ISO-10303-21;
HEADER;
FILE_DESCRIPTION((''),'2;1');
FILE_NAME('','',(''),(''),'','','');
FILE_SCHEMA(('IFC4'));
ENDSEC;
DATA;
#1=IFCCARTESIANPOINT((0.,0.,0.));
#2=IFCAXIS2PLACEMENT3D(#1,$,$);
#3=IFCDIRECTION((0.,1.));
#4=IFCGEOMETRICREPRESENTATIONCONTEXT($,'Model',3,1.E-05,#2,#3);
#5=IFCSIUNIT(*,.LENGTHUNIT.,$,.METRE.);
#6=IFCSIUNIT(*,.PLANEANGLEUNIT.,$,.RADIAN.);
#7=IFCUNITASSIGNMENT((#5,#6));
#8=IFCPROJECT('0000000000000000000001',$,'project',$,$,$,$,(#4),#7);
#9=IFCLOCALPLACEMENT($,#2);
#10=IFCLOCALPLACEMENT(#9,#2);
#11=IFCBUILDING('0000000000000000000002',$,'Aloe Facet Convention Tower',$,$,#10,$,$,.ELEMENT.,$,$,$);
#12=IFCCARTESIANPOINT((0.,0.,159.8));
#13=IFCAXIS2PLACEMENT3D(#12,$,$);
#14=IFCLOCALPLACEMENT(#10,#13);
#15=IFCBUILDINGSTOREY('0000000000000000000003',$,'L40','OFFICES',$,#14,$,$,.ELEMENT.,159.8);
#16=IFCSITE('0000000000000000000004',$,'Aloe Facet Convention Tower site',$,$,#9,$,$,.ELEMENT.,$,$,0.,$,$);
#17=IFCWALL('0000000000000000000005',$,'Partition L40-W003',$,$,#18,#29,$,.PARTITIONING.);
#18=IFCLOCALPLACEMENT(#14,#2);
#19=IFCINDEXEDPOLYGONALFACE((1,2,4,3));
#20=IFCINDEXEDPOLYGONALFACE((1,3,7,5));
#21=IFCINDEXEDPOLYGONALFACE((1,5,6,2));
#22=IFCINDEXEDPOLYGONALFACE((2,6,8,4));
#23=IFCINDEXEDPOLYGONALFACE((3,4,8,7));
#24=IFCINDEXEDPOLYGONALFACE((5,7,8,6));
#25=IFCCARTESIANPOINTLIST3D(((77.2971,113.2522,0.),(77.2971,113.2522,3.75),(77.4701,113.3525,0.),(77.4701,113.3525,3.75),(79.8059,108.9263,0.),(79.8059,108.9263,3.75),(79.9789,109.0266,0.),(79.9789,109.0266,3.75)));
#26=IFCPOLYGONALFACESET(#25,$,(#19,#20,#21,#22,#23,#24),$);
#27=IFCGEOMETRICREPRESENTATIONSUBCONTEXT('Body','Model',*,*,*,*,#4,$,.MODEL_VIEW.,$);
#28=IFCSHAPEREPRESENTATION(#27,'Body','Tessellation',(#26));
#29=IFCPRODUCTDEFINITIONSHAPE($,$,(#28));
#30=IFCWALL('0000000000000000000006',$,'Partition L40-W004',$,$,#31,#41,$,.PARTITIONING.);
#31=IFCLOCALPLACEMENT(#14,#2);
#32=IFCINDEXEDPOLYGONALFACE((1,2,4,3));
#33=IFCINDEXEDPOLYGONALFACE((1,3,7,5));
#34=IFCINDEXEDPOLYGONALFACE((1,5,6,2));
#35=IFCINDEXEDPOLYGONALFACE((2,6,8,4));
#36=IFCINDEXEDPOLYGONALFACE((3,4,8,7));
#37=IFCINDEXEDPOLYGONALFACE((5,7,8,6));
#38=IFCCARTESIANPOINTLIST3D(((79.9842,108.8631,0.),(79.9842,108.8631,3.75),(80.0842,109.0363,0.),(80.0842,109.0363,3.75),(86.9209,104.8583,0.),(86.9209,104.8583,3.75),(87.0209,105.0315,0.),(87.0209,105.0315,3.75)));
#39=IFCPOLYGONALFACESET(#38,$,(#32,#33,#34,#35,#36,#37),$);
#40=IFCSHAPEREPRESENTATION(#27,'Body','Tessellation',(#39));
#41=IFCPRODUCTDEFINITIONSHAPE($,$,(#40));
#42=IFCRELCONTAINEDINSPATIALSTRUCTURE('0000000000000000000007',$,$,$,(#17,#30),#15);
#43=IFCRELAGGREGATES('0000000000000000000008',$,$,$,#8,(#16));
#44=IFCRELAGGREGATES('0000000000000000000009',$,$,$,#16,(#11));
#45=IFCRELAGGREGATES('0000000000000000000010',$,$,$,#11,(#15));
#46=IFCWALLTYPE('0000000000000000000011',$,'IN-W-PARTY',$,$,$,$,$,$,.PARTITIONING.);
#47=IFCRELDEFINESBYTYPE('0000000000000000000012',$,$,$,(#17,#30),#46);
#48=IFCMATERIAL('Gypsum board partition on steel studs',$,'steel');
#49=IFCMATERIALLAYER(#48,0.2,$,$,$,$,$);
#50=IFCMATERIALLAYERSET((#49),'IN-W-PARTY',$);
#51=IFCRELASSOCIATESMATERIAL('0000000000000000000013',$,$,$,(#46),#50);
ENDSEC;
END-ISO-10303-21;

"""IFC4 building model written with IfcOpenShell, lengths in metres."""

from ifc_helpers import new_model, si_unit, direction, frame, frame_2d, origin, place, context, subcontext, project, spatial, rectangle, extrude, material, layer, layer_set, type_object, element, save


model = new_model("IFC4")

# Units and contexts
model_context = context("Model", 3, precision=1e-05, world=origin(), true_north=direction((0.0, 1.0)))
body_context = subcontext(model_context, "Body", "Model", "MODEL_VIEW")
ifc_project = project(units=[si_unit("LENGTHUNIT", "METRE"), si_unit("PLANEANGLEUNIT", "RADIAN")], contexts=[model_context])

# Site, building, storey
site_placement = place(None, origin())
site = spatial("IfcSite", under=ifc_project, at=site_placement, Name="Aloe Facet Convention Tower site", CompositionType="ELEMENT", RefElevation=0.0)
building_placement = place(site_placement, origin())
building = spatial("IfcBuilding", under=site, at=building_placement, Name="Aloe Facet Convention Tower", CompositionType="ELEMENT")
storey_placement = place(building_placement, frame((0.0, 0.0, 159.8)))
storey = spatial("IfcBuildingStorey", under=building, at=storey_placement, Name="L40", Description="OFFICES", CompositionType="ELEMENT", Elevation=159.8)

# Walls
ifc_material_1 = material(Name="Gypsum board partition on steel studs", Category="steel")
ifc_layer_1 = layer(ifc_material_1, 0.2)
ifc_layer_set_1 = layer_set([ifc_layer_1], Name="IN-W-PARTY")
wall_type_1 = type_object("IfcWallType", Name="IN-W-PARTY", PredefinedType="PARTITIONING", material=ifc_layer_set_1)
wall_1_placement = place(storey_placement, frame((77.3835, 113.3025, 0.0), z_axis=(0.0, 0.0, 1.0), x_axis=(0.501681, -0.865053, 0.0)))
element("IfcWall", 1, at=wall_1_placement, inside=storey, type_object=wall_type_1, Name="Partition L40-W003", PredefinedType="PARTITIONING", context=body_context, shape_type="SweptSolid", body=[
    extrude(rectangle(XDim=5.0007, YDim=0.2, at=frame_2d((2.5005, 0.0))), origin(), (0.0, 0.0, 1.0), 3.75),
])
wall_2_placement = place(storey_placement, frame((80.0342, 108.9497, 0.0), z_axis=(0.0, 0.0, 1.0), x_axis=(0.866029, -0.499994, 0.0)))
element("IfcWall", 2, at=wall_2_placement, inside=storey, type_object=wall_type_1, Name="Partition L40-W004", PredefinedType="PARTITIONING", context=body_context, shape_type="SweptSolid", body=[
    extrude(rectangle(XDim=8.0098, YDim=0.2, at=frame_2d((4.0049, 0.0))), origin(), (0.0, 0.0, 1.0), 3.75),
])

save(model, "model.ifc")
